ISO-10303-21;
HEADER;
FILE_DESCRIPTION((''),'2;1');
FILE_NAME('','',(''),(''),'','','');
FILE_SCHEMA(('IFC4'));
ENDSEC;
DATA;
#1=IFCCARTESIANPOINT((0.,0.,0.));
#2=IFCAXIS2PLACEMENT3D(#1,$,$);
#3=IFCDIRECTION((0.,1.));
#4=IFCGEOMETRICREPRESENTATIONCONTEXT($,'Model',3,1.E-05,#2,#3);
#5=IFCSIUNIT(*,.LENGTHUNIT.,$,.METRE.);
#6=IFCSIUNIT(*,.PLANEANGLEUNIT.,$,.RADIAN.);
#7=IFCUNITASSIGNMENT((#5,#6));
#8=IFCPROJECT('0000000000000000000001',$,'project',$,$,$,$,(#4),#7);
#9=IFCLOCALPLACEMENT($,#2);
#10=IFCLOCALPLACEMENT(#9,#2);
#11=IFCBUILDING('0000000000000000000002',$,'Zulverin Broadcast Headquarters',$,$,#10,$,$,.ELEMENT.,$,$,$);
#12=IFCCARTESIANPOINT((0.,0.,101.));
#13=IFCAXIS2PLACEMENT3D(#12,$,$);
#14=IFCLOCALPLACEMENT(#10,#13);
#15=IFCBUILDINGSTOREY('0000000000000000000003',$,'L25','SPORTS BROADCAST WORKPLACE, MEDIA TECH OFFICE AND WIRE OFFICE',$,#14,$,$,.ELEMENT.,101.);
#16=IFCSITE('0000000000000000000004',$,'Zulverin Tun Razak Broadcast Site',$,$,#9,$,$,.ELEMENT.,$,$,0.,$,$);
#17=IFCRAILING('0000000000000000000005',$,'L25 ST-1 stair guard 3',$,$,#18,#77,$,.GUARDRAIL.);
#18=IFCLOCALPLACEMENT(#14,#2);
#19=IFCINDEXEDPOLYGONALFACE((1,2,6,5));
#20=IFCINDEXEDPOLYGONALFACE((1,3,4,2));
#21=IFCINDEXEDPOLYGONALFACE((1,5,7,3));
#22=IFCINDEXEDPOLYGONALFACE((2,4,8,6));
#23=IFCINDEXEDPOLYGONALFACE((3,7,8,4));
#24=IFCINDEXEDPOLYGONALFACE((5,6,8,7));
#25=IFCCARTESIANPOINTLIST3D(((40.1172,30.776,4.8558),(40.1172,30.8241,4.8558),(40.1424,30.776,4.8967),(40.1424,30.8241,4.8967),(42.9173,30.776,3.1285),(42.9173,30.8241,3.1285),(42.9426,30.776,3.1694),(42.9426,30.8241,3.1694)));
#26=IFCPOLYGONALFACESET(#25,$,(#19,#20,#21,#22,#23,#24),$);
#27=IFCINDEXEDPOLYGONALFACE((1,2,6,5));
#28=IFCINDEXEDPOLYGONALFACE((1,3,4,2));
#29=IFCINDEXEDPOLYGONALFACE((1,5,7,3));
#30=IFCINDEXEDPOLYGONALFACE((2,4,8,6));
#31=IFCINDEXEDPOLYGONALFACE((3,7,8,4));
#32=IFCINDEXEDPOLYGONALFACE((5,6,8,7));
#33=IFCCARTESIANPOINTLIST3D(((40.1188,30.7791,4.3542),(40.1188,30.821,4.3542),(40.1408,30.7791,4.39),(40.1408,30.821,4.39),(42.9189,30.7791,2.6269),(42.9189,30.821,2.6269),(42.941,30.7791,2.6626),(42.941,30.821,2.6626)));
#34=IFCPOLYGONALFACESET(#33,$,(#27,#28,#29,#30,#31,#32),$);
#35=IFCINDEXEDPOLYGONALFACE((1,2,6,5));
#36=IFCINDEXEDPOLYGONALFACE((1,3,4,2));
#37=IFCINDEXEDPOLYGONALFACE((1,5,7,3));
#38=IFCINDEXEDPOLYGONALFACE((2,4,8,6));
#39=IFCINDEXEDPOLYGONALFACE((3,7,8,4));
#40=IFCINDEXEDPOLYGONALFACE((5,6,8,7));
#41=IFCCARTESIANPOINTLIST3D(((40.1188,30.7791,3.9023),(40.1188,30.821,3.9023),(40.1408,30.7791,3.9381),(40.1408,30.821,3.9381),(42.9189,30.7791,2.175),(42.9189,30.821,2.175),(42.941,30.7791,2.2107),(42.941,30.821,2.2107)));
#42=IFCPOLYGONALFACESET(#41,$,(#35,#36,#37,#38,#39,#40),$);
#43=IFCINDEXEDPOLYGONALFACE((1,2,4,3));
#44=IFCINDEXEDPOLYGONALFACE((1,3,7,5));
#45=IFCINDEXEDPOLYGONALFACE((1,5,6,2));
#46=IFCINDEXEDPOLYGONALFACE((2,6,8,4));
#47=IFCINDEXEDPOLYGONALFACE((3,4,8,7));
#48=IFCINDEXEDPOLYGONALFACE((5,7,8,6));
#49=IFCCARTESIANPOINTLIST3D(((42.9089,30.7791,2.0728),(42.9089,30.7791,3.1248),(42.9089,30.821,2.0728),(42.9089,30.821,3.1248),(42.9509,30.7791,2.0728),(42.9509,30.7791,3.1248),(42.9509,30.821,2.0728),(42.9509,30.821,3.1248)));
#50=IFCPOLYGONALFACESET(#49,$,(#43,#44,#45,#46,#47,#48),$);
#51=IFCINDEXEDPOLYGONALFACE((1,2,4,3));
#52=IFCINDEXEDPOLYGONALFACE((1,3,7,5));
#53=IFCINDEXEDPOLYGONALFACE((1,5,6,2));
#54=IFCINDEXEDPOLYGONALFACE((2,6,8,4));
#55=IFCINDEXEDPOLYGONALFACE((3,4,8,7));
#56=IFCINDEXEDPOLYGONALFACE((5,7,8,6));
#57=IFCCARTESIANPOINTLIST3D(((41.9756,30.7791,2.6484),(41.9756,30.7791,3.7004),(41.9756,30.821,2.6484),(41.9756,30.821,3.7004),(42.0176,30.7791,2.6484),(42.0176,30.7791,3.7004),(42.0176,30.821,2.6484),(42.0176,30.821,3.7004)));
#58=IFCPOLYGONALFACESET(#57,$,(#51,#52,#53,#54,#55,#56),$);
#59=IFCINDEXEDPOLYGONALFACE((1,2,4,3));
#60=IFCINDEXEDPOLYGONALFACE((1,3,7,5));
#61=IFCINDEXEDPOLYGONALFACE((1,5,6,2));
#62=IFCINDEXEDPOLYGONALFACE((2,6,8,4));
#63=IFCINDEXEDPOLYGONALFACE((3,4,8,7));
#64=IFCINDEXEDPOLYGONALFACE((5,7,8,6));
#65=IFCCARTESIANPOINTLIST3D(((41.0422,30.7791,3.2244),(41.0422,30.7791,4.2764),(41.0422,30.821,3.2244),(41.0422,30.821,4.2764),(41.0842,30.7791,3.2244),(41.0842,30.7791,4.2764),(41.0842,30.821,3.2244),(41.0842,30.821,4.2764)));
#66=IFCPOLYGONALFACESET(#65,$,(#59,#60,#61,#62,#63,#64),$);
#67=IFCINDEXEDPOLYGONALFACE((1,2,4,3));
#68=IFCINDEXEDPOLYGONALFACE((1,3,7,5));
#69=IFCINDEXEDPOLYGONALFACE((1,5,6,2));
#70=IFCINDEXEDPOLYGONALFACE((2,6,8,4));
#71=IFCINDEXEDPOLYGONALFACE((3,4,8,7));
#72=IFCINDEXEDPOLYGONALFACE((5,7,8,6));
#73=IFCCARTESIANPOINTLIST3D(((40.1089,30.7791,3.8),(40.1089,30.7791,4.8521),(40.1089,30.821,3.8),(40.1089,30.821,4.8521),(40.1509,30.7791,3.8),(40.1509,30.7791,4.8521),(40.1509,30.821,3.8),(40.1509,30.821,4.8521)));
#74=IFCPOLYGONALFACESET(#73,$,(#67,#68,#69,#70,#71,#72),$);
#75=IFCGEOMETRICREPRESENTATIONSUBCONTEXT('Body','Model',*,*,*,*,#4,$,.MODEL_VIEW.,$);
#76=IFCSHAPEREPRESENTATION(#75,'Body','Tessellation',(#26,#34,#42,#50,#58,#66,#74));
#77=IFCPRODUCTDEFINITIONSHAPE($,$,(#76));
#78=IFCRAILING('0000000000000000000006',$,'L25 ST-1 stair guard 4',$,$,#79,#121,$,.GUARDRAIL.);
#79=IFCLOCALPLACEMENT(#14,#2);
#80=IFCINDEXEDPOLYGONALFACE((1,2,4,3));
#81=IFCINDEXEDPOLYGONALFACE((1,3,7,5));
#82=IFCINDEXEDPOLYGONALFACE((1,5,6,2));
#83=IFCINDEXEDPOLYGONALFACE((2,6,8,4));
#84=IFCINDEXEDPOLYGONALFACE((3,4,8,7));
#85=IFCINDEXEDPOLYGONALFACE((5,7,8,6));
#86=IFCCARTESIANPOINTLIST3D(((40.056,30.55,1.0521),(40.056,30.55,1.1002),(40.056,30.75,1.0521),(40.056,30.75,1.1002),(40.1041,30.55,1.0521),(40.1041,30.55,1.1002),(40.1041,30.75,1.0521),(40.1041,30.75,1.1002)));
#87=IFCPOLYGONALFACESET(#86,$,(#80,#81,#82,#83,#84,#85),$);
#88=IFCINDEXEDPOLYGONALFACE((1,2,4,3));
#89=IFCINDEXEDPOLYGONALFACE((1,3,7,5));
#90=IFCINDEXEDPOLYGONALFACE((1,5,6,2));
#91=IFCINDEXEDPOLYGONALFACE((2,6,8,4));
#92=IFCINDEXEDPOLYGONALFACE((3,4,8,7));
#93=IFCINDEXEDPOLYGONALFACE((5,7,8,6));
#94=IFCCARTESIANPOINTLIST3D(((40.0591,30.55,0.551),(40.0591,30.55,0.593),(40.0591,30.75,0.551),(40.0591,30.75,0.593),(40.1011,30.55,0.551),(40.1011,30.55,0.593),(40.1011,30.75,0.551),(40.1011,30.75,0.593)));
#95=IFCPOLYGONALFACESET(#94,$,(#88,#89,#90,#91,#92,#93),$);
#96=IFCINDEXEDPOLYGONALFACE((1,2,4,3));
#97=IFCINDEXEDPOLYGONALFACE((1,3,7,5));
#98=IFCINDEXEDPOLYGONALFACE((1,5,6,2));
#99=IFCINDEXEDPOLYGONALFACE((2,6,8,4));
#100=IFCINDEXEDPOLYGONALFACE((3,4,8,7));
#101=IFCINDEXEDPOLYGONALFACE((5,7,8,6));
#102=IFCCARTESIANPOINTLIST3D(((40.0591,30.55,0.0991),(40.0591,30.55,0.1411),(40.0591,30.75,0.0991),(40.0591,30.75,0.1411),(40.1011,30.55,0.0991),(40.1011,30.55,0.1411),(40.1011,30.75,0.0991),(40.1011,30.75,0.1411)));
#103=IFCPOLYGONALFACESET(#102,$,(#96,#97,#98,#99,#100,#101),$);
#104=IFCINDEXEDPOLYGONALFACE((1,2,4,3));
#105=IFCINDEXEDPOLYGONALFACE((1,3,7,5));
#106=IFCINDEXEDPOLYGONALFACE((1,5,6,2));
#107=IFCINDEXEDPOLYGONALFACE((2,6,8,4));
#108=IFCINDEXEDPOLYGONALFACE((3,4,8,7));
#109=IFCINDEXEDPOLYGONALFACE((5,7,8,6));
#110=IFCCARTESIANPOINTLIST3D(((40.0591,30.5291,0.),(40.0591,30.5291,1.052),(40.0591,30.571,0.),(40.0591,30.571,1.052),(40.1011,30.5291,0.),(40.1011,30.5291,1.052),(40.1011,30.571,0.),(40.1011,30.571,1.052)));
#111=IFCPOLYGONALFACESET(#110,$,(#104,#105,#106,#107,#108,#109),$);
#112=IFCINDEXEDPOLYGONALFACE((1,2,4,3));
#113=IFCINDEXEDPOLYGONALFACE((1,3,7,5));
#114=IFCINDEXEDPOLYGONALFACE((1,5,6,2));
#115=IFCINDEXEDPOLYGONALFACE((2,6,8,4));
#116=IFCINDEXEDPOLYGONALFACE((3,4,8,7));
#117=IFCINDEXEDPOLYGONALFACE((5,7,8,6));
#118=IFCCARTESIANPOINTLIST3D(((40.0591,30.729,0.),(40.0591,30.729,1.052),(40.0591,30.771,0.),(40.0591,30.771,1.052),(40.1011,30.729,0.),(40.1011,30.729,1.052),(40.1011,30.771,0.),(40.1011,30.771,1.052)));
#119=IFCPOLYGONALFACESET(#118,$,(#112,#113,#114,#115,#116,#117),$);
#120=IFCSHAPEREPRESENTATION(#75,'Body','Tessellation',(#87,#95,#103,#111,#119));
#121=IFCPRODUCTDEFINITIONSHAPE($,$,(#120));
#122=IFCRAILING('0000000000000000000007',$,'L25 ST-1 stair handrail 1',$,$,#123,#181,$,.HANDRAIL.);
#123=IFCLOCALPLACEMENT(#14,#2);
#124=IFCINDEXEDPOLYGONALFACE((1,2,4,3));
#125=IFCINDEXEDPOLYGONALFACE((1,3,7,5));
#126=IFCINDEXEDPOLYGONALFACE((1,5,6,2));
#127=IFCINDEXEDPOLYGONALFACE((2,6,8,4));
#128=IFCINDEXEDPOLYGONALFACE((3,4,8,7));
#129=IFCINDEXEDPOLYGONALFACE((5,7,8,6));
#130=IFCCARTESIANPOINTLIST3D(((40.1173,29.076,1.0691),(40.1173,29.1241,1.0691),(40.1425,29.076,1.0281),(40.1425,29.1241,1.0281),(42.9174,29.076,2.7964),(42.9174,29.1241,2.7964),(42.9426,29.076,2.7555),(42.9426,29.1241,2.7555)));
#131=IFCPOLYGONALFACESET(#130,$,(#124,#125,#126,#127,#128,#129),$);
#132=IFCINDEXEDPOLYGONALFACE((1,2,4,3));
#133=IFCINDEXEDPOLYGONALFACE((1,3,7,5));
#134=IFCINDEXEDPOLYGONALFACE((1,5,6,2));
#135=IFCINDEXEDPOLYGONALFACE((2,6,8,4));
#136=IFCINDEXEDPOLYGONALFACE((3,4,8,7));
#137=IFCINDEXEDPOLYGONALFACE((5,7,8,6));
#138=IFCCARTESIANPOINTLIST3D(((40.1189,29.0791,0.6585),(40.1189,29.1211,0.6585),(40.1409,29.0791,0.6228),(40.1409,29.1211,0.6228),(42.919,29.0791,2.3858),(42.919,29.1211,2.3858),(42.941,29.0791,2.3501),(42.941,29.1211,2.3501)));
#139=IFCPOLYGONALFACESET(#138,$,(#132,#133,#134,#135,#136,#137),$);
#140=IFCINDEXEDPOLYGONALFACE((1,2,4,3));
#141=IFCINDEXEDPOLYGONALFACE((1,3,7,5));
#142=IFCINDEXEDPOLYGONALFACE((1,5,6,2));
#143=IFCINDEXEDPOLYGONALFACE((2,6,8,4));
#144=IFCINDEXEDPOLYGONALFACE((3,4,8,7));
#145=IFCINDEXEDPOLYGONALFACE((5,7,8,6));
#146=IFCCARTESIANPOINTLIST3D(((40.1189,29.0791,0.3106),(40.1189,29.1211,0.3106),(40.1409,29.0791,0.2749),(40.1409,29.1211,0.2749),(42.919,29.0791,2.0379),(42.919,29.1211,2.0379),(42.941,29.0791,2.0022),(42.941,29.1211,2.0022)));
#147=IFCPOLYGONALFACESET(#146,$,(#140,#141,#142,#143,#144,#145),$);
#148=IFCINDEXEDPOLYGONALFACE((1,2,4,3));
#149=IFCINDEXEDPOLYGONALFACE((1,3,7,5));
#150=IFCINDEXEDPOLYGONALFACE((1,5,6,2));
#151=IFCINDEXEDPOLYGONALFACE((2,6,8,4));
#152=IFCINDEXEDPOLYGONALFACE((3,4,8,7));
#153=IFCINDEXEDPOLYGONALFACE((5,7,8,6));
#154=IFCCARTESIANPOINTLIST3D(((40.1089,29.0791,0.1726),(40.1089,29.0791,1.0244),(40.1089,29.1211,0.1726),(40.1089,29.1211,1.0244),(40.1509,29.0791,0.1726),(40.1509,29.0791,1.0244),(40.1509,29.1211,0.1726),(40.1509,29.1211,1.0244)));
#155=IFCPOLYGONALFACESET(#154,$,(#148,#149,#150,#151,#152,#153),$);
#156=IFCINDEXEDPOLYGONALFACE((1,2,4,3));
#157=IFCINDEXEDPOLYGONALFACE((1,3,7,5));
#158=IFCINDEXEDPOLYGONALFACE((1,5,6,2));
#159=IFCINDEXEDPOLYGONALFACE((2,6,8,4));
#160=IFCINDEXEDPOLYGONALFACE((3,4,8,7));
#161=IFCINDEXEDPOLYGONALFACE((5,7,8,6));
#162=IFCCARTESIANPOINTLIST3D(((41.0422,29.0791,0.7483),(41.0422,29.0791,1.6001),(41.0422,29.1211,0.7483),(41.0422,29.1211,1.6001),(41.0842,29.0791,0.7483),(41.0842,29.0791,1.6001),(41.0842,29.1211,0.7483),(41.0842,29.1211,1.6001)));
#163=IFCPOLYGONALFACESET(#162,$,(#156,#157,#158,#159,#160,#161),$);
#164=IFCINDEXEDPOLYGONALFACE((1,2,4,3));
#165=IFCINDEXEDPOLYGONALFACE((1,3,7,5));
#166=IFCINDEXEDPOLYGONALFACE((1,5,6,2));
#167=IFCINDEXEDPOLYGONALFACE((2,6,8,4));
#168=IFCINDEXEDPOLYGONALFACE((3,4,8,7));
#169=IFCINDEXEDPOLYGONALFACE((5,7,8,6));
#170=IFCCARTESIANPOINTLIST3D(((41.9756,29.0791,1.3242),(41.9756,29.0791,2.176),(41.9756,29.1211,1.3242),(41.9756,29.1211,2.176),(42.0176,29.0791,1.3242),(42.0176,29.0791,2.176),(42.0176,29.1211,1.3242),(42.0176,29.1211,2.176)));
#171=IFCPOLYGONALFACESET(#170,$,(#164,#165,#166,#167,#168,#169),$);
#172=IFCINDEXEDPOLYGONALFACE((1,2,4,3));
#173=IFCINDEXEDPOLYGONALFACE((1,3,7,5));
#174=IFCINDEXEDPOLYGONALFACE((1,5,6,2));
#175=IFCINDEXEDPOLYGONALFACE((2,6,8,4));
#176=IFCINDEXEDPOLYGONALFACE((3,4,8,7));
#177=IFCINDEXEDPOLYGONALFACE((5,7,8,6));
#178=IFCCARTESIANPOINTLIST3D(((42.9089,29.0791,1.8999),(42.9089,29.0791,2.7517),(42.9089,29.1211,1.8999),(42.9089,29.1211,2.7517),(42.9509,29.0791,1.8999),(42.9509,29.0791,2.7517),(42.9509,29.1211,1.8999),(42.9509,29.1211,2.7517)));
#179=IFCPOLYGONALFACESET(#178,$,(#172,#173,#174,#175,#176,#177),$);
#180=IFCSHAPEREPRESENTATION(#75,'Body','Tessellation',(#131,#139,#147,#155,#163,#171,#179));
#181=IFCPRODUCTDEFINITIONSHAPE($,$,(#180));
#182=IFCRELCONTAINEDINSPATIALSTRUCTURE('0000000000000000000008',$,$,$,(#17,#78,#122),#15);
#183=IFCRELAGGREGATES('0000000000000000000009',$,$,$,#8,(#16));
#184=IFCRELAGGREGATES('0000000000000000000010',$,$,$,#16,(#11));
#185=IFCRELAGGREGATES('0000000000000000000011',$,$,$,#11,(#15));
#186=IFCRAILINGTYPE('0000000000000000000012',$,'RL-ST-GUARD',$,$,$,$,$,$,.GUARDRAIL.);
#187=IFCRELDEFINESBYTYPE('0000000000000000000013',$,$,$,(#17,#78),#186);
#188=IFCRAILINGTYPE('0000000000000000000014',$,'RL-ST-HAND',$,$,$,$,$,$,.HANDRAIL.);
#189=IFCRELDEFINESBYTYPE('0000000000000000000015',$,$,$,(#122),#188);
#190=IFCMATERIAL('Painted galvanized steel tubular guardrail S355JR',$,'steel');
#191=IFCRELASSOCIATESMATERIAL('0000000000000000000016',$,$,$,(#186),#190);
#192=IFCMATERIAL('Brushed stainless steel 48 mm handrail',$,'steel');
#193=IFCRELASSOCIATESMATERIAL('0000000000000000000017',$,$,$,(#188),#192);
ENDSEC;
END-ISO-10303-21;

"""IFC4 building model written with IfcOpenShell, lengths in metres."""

from ifc_helpers import new_model, si_unit, direction, frame, origin, origin_2d, place, context, subcontext, project, spatial, rectangle, extrude, material, type_object, element, save


model = new_model("IFC4")

# Units and contexts
model_context = context("Model", 3, precision=1e-05, world=origin(), true_north=direction((0.0, 1.0)))
body_context = subcontext(model_context, "Body", "Model", "MODEL_VIEW")
ifc_project = project(units=[si_unit("LENGTHUNIT", "METRE"), si_unit("PLANEANGLEUNIT", "RADIAN")], contexts=[model_context])

# Site, building, storey
site_placement = place(None, origin())
site = spatial("IfcSite", under=ifc_project, at=site_placement, Name="Zulverin Tun Razak Broadcast Site", CompositionType="ELEMENT", RefElevation=0.0)
building_placement = place(site_placement, origin())
building = spatial("IfcBuilding", under=site, at=building_placement, Name="Zulverin Broadcast Headquarters", CompositionType="ELEMENT")
storey_placement = place(building_placement, frame((0.0, 0.0, 101.0)))
storey = spatial("IfcBuildingStorey", under=building, at=storey_placement, Name="L25", Description="SPORTS BROADCAST WORKPLACE, MEDIA TECH OFFICE AND WIRE OFFICE", CompositionType="ELEMENT", Elevation=101.0)

# Railings
ifc_material_1 = material(Name="Painted galvanized steel tubular guardrail S355JR", Category="steel")
railing_type_1 = type_object("IfcRailingType", Name="RL-ST-GUARD", PredefinedType="GUARDRAIL", material=ifc_material_1)
railing_1_placement = place(storey_placement, frame((42.9299, 30.8, 2.0728)))
element("IfcRailing", 1, at=railing_1_placement, inside=storey, type_object=railing_type_1, Name="L25 ST-1 stair guard 3", PredefinedType="GUARDRAIL", context=body_context, shape_type="SweptSolid", body=[
    extrude(rectangle(XDim=0.0481, YDim=0.0481, at=origin_2d()), frame((0.0, 0.0, 1.0762), z_axis=(-0.85109, 0.0, 0.52502), x_axis=(0.0, -1.0, 0.0)), (0.0, 0.0, 1.0), 3.29),
    extrude(rectangle(XDim=0.042, YDim=0.042, at=origin_2d()), frame((0.0, 0.0, 0.572), z_axis=(-0.85109, 0.0, 0.52502), x_axis=(0.0, -1.0, 0.0)), (0.0, 0.0, 1.0), 3.29),
    extrude(rectangle(XDim=0.042, YDim=0.042, at=origin_2d()), frame((0.0, 0.0, 0.1201), z_axis=(-0.85109, 0.0, 0.52502), x_axis=(0.0, -1.0, 0.0)), (0.0, 0.0, 1.0), 3.29),
    extrude(rectangle(XDim=0.042, YDim=0.042, at=origin_2d()), origin(), (0.0, 0.0, 1.0), 1.052),
    extrude(rectangle(XDim=0.042, YDim=0.042, at=origin_2d()), frame((-0.9333, 0.0, 0.5757)), (0.0, 0.0, 1.0), 1.052),
    extrude(rectangle(XDim=0.042, YDim=0.042, at=origin_2d()), frame((-1.8667, 0.0, 1.1516)), (0.0, 0.0, 1.0), 1.052),
    extrude(rectangle(XDim=0.042, YDim=0.042, at=origin_2d()), frame((-2.8, 0.0, 1.7273)), (0.0, 0.0, 1.0), 1.052),
])
railing_2_placement = place(storey_placement, frame((40.0801, 30.55, 0.0)))
element("IfcRailing", 2, at=railing_2_placement, inside=storey, type_object=railing_type_1, Name="L25 ST-1 stair guard 4", PredefinedType="GUARDRAIL", context=body_context, shape_type="SweptSolid", body=[
    extrude(rectangle(XDim=0.0481, YDim=0.0481, at=origin_2d()), frame((0.0, 0.0, 1.0762), z_axis=(0.0, 1.0, 0.0), x_axis=(-1.0, 0.0, 0.0)), (0.0, 0.0, 1.0), 0.2),
    extrude(rectangle(XDim=0.042, YDim=0.042, at=origin_2d()), frame((0.0, 0.0, 0.572), z_axis=(0.0, 1.0, 0.0), x_axis=(-1.0, 0.0, 0.0)), (0.0, 0.0, 1.0), 0.2),
    extrude(rectangle(XDim=0.042, YDim=0.042, at=origin_2d()), frame((0.0, 0.0, 0.1201), z_axis=(0.0, 1.0, 0.0), x_axis=(-1.0, 0.0, 0.0)), (0.0, 0.0, 1.0), 0.2),
    extrude(rectangle(XDim=0.042, YDim=0.042, at=origin_2d()), origin(), (0.0, 0.0, 1.0), 1.052),
    extrude(rectangle(XDim=0.042, YDim=0.042, at=origin_2d()), frame((0.0, 0.2, 0.0)), (0.0, 0.0, 1.0), 1.052),
])
ifc_material_2 = material(Name="Brushed stainless steel 48 mm handrail", Category="steel")
railing_type_2 = type_object("IfcRailingType", Name="RL-ST-HAND", PredefinedType="HANDRAIL", material=ifc_material_2)
railing_3_placement = place(storey_placement, frame((40.1299, 29.1001, 0.1726)))
element("IfcRailing", 3, at=railing_3_placement, inside=storey, type_object=railing_type_2, Name="L25 ST-1 stair handrail 1", PredefinedType="HANDRAIL", context=body_context, shape_type="SweptSolid", body=[
    extrude(rectangle(XDim=0.0481, YDim=0.0481, at=origin_2d()), frame((0.0, 0.0, 0.876), z_axis=(0.85109, 0.0, 0.52502), x_axis=(0.0, 1.0, 0.0)), (0.0, 0.0, 1.0), 3.29),
    extrude(rectangle(XDim=0.042, YDim=0.042, at=origin_2d()), frame((0.0, 0.0, 0.468), z_axis=(0.85109, 0.0, 0.52502), x_axis=(0.0, 1.0, 0.0)), (0.0, 0.0, 1.0), 3.29),
    extrude(rectangle(XDim=0.042, YDim=0.042, at=origin_2d()), frame((0.0, 0.0, 0.1201), z_axis=(0.85109, 0.0, 0.52502), x_axis=(0.0, 1.0, 0.0)), (0.0, 0.0, 1.0), 3.29),
    extrude(rectangle(XDim=0.042, YDim=0.042, at=origin_2d()), origin(), (0.0, 0.0, 1.0), 0.8518),
    extrude(rectangle(XDim=0.042, YDim=0.042, at=origin_2d()), frame((0.9333, 0.0, 0.5757)), (0.0, 0.0, 1.0), 0.8518),
    extrude(rectangle(XDim=0.042, YDim=0.042, at=origin_2d()), frame((1.8667, 0.0, 1.1516)), (0.0, 0.0, 1.0), 0.8518),
    extrude(rectangle(XDim=0.042, YDim=0.042, at=origin_2d()), frame((2.8, 0.0, 1.7273)), (0.0, 0.0, 1.0), 0.8518),
])

save(model, "model.ifc")
